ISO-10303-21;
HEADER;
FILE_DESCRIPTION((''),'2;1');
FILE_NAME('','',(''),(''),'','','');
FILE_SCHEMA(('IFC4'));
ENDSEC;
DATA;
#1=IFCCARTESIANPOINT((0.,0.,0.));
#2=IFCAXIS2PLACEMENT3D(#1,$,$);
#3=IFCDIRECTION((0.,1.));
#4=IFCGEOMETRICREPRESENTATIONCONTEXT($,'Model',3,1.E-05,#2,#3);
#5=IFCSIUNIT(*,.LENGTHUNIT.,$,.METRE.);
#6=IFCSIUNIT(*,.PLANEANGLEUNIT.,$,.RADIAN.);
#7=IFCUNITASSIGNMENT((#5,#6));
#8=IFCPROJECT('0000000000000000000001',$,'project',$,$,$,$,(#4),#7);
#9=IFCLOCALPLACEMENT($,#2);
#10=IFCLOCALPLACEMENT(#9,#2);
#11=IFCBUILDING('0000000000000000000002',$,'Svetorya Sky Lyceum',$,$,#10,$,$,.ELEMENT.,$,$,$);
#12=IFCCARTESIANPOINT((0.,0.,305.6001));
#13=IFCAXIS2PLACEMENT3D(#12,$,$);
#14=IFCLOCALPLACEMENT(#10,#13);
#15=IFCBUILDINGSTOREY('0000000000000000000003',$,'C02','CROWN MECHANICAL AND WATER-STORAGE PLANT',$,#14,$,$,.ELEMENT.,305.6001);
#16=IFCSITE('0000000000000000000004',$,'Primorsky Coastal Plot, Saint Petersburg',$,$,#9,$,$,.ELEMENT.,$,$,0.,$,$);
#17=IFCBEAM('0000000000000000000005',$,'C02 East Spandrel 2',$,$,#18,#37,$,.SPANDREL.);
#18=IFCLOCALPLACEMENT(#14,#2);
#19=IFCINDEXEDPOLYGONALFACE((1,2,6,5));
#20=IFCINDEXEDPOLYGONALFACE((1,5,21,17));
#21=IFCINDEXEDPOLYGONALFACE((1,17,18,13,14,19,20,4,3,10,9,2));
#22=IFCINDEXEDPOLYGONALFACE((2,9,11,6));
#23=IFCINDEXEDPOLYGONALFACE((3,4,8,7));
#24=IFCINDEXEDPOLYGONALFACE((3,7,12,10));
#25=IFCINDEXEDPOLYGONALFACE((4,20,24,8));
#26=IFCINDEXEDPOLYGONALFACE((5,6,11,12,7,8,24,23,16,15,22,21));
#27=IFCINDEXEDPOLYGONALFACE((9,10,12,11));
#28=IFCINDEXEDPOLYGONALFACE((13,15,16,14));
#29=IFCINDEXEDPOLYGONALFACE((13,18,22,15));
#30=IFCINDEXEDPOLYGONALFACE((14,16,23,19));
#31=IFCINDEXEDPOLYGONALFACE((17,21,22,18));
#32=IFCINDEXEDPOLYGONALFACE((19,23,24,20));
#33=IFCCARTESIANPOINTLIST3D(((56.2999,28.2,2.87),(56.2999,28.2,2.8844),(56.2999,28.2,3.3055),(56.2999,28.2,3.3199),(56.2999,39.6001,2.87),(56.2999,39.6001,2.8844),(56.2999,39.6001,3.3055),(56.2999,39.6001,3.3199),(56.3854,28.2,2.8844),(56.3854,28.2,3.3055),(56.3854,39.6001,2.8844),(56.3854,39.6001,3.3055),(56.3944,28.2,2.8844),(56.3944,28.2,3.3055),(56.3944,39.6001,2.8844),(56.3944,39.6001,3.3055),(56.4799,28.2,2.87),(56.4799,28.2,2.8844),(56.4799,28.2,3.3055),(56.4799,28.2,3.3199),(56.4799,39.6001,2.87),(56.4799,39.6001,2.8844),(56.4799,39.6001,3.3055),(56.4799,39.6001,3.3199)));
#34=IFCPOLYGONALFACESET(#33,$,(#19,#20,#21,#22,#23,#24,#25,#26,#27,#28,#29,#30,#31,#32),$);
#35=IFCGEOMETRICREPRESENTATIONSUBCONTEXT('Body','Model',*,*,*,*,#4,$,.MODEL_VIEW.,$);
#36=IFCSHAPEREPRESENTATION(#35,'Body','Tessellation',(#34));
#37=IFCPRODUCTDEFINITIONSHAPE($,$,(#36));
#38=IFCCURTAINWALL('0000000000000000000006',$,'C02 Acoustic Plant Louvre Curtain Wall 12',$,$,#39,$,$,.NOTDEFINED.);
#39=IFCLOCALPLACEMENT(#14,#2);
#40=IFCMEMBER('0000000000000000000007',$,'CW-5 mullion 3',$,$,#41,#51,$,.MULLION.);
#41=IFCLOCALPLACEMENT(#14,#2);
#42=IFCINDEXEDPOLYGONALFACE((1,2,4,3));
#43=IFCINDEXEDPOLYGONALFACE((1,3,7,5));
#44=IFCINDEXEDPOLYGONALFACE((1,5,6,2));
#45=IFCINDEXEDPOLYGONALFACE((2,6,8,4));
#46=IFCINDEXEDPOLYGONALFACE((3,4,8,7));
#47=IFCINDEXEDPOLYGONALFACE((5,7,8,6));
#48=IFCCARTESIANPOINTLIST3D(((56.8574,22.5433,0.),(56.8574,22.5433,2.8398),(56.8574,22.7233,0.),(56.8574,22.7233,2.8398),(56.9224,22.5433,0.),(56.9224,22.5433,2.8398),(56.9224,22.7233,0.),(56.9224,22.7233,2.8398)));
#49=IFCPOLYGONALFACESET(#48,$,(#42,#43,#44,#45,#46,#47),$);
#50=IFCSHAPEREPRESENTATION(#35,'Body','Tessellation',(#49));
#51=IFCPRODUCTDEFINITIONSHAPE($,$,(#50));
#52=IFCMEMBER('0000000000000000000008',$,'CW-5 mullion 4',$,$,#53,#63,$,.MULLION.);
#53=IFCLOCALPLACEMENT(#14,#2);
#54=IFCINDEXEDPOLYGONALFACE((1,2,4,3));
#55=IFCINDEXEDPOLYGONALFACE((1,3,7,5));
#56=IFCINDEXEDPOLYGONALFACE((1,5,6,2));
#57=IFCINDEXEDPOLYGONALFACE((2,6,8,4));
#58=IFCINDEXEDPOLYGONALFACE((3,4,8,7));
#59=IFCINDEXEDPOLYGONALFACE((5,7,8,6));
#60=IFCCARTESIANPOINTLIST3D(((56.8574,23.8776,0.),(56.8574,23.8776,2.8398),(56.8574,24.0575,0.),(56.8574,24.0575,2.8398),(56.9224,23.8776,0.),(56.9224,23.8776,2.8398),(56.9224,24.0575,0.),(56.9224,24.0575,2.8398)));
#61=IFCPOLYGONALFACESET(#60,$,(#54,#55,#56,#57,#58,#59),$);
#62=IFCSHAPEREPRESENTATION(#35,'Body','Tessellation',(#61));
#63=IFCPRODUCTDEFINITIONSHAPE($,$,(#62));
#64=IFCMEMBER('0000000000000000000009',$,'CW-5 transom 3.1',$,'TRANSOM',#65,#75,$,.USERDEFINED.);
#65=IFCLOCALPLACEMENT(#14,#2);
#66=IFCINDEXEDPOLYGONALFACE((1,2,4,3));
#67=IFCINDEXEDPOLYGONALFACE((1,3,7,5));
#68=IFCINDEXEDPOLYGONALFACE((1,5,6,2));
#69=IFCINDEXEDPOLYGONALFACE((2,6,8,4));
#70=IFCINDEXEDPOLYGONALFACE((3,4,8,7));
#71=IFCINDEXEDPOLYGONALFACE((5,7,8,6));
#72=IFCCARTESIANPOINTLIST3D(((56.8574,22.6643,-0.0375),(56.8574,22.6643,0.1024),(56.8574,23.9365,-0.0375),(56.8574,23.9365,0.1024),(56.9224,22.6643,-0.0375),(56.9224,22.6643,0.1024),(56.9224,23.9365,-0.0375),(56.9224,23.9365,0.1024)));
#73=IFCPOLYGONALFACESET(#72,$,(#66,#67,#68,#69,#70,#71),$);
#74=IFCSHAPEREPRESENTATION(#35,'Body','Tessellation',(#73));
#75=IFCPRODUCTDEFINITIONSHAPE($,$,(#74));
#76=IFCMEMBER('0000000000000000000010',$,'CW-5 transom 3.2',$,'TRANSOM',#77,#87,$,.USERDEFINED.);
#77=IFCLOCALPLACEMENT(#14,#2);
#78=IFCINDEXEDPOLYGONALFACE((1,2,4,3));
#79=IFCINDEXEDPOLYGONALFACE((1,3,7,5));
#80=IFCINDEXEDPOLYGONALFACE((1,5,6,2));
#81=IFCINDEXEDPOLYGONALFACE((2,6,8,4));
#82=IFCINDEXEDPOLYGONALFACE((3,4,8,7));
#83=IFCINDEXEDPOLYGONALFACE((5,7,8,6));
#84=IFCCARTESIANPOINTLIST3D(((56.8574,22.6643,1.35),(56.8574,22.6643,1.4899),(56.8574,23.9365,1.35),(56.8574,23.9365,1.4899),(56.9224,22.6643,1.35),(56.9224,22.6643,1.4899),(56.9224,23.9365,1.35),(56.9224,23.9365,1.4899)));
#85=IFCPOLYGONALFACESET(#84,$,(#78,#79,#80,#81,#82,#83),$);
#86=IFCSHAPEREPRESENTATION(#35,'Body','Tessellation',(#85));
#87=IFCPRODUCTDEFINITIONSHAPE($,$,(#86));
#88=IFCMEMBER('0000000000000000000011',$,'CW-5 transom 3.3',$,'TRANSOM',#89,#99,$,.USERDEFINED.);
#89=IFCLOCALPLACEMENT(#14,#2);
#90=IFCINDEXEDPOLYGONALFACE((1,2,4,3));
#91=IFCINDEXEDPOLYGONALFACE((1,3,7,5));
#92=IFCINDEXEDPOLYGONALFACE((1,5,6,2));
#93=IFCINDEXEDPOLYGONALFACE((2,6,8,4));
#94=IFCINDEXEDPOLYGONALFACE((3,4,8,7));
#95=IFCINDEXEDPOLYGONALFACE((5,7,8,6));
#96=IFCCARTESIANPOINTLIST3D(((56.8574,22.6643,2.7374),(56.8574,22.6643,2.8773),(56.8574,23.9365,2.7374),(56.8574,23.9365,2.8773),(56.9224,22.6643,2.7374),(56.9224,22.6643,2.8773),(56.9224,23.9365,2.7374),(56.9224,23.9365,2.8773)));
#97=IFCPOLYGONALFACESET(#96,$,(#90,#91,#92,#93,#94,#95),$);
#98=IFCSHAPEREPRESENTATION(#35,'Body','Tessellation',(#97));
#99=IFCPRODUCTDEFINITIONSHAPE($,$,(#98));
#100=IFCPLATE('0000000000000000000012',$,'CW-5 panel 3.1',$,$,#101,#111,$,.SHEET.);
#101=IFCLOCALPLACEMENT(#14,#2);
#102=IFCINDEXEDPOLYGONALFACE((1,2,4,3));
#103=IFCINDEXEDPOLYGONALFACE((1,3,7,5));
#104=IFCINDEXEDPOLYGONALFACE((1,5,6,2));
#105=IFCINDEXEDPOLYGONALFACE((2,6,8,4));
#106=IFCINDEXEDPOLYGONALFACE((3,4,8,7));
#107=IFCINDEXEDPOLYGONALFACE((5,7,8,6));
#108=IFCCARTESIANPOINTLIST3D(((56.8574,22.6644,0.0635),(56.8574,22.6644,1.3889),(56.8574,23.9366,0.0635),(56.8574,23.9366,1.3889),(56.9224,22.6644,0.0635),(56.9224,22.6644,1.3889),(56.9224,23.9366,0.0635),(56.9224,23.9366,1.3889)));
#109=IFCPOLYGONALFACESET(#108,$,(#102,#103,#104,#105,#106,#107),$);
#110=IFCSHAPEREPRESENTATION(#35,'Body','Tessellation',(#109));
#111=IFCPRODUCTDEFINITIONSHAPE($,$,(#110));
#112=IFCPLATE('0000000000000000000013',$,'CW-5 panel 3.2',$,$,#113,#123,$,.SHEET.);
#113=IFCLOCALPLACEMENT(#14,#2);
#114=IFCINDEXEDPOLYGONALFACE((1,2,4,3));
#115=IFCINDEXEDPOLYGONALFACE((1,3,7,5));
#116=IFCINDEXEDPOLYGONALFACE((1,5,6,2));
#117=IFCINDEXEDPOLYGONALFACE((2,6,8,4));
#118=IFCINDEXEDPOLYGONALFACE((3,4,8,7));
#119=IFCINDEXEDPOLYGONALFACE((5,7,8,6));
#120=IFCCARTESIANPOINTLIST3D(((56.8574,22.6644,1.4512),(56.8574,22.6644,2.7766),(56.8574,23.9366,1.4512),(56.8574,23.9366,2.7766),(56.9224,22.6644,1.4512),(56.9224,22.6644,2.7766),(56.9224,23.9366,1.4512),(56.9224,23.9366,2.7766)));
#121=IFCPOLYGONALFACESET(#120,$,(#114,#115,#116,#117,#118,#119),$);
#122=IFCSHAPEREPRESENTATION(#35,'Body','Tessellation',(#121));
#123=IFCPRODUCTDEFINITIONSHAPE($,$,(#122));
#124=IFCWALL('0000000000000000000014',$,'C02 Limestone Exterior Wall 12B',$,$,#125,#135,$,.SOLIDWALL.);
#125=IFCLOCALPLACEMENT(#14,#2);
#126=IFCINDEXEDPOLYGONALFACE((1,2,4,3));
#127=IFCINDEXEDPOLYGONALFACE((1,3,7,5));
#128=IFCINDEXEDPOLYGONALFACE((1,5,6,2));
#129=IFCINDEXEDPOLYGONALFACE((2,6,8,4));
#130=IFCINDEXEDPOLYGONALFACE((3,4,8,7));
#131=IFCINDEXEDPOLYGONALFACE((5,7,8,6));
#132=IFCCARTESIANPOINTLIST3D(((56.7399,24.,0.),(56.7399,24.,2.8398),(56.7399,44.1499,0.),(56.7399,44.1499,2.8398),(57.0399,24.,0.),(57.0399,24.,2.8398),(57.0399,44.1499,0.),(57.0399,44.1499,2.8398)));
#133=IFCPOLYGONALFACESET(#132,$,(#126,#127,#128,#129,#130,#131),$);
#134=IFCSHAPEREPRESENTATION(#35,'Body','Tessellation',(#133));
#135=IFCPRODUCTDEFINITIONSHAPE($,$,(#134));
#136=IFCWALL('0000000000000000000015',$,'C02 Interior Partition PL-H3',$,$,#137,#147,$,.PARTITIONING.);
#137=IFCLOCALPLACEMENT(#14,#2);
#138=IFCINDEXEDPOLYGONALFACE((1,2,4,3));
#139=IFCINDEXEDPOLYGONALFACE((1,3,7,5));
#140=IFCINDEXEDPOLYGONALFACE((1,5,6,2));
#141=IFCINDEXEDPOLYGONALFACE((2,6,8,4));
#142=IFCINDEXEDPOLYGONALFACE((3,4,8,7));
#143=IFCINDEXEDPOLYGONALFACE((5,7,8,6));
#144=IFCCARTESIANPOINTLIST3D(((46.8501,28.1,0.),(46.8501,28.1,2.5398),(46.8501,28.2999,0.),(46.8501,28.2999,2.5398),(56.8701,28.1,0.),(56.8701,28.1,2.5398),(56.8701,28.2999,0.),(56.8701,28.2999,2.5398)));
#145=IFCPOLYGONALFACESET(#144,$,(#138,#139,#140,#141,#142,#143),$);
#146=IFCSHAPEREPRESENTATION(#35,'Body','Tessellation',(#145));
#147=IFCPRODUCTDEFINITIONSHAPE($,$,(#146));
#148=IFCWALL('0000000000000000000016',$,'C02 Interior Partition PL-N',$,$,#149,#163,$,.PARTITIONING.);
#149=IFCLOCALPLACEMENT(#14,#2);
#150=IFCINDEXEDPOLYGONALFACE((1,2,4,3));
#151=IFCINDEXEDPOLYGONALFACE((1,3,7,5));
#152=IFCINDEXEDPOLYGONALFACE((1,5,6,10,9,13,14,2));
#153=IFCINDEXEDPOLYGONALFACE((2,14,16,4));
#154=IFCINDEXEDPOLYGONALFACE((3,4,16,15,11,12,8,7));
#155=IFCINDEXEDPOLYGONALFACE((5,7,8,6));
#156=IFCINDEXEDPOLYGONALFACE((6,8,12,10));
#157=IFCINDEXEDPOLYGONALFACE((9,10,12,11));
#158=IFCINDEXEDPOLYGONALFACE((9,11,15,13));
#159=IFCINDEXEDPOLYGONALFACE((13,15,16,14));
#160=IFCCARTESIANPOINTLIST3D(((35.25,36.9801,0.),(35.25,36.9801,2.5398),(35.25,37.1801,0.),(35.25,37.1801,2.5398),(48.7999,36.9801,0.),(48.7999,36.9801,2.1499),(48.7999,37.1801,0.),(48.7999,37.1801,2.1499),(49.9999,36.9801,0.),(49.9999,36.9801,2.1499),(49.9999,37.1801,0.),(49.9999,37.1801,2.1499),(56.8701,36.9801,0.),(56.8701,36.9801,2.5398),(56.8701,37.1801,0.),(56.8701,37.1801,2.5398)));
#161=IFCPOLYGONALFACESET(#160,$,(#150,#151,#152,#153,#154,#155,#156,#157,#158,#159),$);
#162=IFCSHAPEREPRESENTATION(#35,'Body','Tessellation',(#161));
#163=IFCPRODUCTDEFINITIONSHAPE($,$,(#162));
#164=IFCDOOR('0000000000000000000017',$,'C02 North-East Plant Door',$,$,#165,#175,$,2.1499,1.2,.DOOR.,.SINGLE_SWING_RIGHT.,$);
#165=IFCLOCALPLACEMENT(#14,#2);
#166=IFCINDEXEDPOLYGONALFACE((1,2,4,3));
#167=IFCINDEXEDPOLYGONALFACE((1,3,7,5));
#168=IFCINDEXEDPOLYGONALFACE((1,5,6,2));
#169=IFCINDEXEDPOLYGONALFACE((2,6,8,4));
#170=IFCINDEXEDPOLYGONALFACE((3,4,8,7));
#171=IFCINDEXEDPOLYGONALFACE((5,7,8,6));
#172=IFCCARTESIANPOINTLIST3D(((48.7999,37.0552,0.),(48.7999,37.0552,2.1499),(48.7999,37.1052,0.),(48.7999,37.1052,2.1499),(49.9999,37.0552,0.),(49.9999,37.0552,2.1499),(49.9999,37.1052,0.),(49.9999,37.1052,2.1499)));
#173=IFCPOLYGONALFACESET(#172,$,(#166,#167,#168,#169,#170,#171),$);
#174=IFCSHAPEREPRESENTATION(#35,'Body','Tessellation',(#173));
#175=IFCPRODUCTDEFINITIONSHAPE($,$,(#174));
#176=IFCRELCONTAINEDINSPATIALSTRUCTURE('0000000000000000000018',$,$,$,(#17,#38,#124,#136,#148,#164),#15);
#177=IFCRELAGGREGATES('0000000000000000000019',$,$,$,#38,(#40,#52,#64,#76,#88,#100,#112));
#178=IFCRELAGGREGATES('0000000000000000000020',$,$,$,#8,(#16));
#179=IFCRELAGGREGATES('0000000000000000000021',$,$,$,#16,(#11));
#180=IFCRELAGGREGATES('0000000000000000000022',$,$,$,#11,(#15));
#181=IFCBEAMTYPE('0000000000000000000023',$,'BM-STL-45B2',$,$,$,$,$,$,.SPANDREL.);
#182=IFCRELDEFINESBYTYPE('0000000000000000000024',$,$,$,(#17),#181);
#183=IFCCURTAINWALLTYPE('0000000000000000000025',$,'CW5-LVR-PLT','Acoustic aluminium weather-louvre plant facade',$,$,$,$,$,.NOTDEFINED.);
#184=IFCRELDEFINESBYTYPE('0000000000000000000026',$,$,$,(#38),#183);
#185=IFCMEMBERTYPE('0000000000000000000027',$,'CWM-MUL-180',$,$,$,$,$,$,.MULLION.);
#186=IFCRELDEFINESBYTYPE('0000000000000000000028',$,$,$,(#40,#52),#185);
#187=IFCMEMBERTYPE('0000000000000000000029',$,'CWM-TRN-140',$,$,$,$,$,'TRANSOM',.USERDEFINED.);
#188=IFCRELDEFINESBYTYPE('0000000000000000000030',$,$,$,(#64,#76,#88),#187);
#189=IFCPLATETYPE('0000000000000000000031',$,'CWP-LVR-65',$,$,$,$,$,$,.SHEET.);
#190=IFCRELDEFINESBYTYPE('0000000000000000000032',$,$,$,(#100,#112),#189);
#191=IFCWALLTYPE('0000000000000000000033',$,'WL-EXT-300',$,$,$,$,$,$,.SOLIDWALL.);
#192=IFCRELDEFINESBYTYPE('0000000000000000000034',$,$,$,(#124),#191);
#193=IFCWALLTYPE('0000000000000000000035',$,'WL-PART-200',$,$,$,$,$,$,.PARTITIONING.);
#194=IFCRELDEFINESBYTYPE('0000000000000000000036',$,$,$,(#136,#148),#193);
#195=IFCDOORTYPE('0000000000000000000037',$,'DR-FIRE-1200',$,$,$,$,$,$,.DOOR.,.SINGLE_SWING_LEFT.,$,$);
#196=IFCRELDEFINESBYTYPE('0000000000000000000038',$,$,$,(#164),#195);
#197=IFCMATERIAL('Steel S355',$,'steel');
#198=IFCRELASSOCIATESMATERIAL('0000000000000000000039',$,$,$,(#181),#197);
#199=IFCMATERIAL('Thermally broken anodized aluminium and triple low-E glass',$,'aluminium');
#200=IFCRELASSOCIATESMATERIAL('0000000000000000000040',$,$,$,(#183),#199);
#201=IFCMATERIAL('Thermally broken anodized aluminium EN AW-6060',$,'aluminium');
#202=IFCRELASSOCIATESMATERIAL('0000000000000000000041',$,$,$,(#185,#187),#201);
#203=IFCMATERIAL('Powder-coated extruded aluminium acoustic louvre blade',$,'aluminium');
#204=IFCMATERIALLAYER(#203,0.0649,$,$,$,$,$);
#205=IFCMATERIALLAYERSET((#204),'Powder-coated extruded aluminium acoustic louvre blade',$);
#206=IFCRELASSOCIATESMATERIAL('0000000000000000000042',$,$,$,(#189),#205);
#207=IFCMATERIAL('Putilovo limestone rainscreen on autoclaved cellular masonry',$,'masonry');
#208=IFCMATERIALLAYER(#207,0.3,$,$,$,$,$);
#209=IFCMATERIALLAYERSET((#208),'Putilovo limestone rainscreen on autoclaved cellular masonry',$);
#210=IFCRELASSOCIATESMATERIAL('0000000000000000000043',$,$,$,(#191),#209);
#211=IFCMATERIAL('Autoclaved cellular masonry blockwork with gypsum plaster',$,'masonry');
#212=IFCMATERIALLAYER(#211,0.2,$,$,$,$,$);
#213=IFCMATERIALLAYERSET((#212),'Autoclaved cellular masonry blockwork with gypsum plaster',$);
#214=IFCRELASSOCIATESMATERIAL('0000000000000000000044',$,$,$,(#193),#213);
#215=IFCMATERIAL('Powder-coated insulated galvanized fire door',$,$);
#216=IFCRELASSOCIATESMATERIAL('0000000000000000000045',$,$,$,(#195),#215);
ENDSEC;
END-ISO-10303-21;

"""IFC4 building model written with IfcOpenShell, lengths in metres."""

from ifc_helpers import new_model, si_unit, direction, frame, frame_2d, origin, origin_2d, place, context, subcontext, project, spatial, rectangle, i_section, extrude, material, layer, layer_set, material_profile, profile_set, type_object, element, fill, aggregate, save


model = new_model("IFC4")

# Units and contexts
model_context = context("Model", 3, precision=1e-05, world=origin(), true_north=direction((0.0, 1.0)))
body_context = subcontext(model_context, "Body", "Model", "MODEL_VIEW")
ifc_project = project(units=[si_unit("LENGTHUNIT", "METRE"), si_unit("PLANEANGLEUNIT", "RADIAN")], contexts=[model_context])

# Site, building, storey
site_placement = place(None, origin())
site = spatial("IfcSite", under=ifc_project, at=site_placement, Name="Primorsky Coastal Plot, Saint Petersburg", CompositionType="ELEMENT", RefElevation=0.0)
building_placement = place(site_placement, origin())
building = spatial("IfcBuilding", under=site, at=building_placement, Name="Svetorya Sky Lyceum", CompositionType="ELEMENT")
storey_placement = place(building_placement, frame((0.0, 0.0, 305.6001)))
storey = spatial("IfcBuildingStorey", under=building, at=storey_placement, Name="C02", Description="CROWN MECHANICAL AND WATER-STORAGE PLANT", CompositionType="ELEMENT", Elevation=305.6001)

# Beam
ifc_material_1 = material(Name="Steel S355", Category="steel")
ifc_material_profile_1 = material_profile(ifc_material_1, i_section(OverallWidth=0.1799, OverallDepth=0.45, WebThickness=0.009, FlangeThickness=0.0144, at=origin_2d()), Name="GOST 45B2")
ifc_profile_set_1 = profile_set([ifc_material_profile_1], Name="Steel S355")
beam_type_1 = type_object("IfcBeamType", Name="BM-STL-45B2", PredefinedType="SPANDREL", material=ifc_profile_set_1)
beam_1_placement = place(storey_placement, frame((56.3899, 28.2, 3.095), z_axis=(0.0, 1.0, 0.0), x_axis=(-1.0, 0.0, 0.0)))
element("IfcBeam", 1, at=beam_1_placement, inside=storey, type_object=beam_type_1, Name="C02 East Spandrel 2", PredefinedType="SPANDREL", context=body_context, shape_type="SweptSolid", body=[
    extrude(i_section(OverallWidth=0.1799, OverallDepth=0.45, WebThickness=0.009, FlangeThickness=0.0144, at=origin_2d()), origin(), (0.0, 0.0, 1.0), 11.4001),
])

# Curtain wall, members, plates
ifc_material_2 = material(Name="Thermally broken anodized aluminium and triple low-E glass", Category="aluminium")
curtain_wall_type = type_object("IfcCurtainWallType", Name="CW5-LVR-PLT", Description="Acoustic aluminium weather-louvre plant facade", PredefinedType="NOTDEFINED", material=ifc_material_2)
curtain_wall_placement = place(storey_placement, origin())
curtain_wall = element("IfcCurtainWall", 2, at=curtain_wall_placement, inside=storey, type_object=curtain_wall_type, Name="C02 Acoustic Plant Louvre Curtain Wall 12", PredefinedType="NOTDEFINED")
ifc_material_3 = material(Name="Thermally broken anodized aluminium EN AW-6060", Category="aluminium")
ifc_material_profile_2 = material_profile(ifc_material_3, rectangle(XDim=0.0649, YDim=0.1799, at=origin_2d()), Name="ALU MULLION 65x180")
ifc_profile_set_2 = profile_set([ifc_material_profile_2], Name="Thermally broken anodized aluminium EN AW-6060")
member_type_1 = type_object("IfcMemberType", Name="CWM-MUL-180", PredefinedType="MULLION", material=ifc_profile_set_2)
member_1_placement = place(storey_placement, frame((56.8899, 22.6333, 0.0), z_axis=(0.0, 0.0, 1.0), x_axis=(-1.0, 0.0, 0.0)))
member_1 = element("IfcMember", 3, at=member_1_placement, type_object=member_type_1, Name="CW-5 mullion 3", PredefinedType="MULLION", context=body_context, shape_type="SweptSolid", body=[
    extrude(rectangle(XDim=0.0649, YDim=0.1799, at=origin_2d()), origin(), (0.0, 0.0, 1.0), 2.8398),
])
member_2_placement = place(storey_placement, frame((56.8899, 23.9675, 0.0), z_axis=(0.0, 0.0, 1.0), x_axis=(-1.0, 0.0, 0.0)))
member_2 = element("IfcMember", 4, at=member_2_placement, type_object=member_type_1, Name="CW-5 mullion 4", PredefinedType="MULLION", context=body_context, shape_type="SweptSolid", body=[
    extrude(rectangle(XDim=0.0649, YDim=0.1799, at=origin_2d()), origin(), (0.0, 0.0, 1.0), 2.8398),
])
ifc_material_profile_3 = material_profile(ifc_material_3, rectangle(XDim=0.0649, YDim=0.1399, at=origin_2d()), Name="ALU TRANSOM 65x140")
ifc_profile_set_3 = profile_set([ifc_material_profile_3], Name="Thermally broken anodized aluminium EN AW-6060")
member_type_2 = type_object("IfcMemberType", Name="CWM-TRN-140", ElementType="TRANSOM", PredefinedType="USERDEFINED", material=ifc_profile_set_3)
member_3_placement = place(storey_placement, frame((56.8899, 22.6643, 0.0325), z_axis=(0.0, 1.0, 0.0), x_axis=(-1.0, 0.0, 0.0)))
member_3 = element("IfcMember", 5, at=member_3_placement, type_object=member_type_2, Name="CW-5 transom 3.1", ObjectType="TRANSOM", PredefinedType="USERDEFINED", context=body_context, shape_type="SweptSolid", body=[
    extrude(rectangle(XDim=0.0649, YDim=0.1399, at=origin_2d()), origin(), (0.0, 0.0, 1.0), 1.2722),
])
member_4_placement = place(storey_placement, frame((56.8899, 22.6643, 1.4199), z_axis=(0.0, 1.0, 0.0), x_axis=(-1.0, 0.0, 0.0)))
member_4 = element("IfcMember", 6, at=member_4_placement, type_object=member_type_2, Name="CW-5 transom 3.2", ObjectType="TRANSOM", PredefinedType="USERDEFINED", context=body_context, shape_type="SweptSolid", body=[
    extrude(rectangle(XDim=0.0649, YDim=0.1399, at=origin_2d()), origin(), (0.0, 0.0, 1.0), 1.2722),
])
member_5_placement = place(storey_placement, frame((56.8899, 22.6643, 2.8074), z_axis=(0.0, 1.0, 0.0), x_axis=(-1.0, 0.0, 0.0)))
member_5 = element("IfcMember", 7, at=member_5_placement, type_object=member_type_2, Name="CW-5 transom 3.3", ObjectType="TRANSOM", PredefinedType="USERDEFINED", context=body_context, shape_type="SweptSolid", body=[
    extrude(rectangle(XDim=0.0649, YDim=0.1399, at=origin_2d()), origin(), (0.0, 0.0, 1.0), 1.2722),
])
ifc_material_4 = material(Name="Powder-coated extruded aluminium acoustic louvre blade", Category="aluminium")
ifc_layer_1 = layer(ifc_material_4, 0.0649)
ifc_layer_set_1 = layer_set([ifc_layer_1], Name="Powder-coated extruded aluminium acoustic louvre blade")
plate_type = type_object("IfcPlateType", Name="CWP-LVR-65", PredefinedType="SHEET", material=ifc_layer_set_1)
plate_1_placement = place(storey_placement, frame((56.8899, 23.3005, 0.0635), z_axis=(0.0, 0.0, 1.0), x_axis=(0.0, 1.0, 0.0)))
plate_1 = element("IfcPlate", 8, at=plate_1_placement, type_object=plate_type, Name="CW-5 panel 3.1", PredefinedType="SHEET", context=body_context, shape_type="SweptSolid", body=[
    extrude(rectangle(XDim=1.2722, YDim=0.0649, at=origin_2d()), origin(), (0.0, 0.0, 1.0), 1.3254),
])
plate_2_placement = place(storey_placement, frame((56.8899, 23.3005, 1.4512), z_axis=(0.0, 0.0, 1.0), x_axis=(0.0, 1.0, 0.0)))
plate_2 = element("IfcPlate", 9, at=plate_2_placement, type_object=plate_type, Name="CW-5 panel 3.2", PredefinedType="SHEET", context=body_context, shape_type="SweptSolid", body=[
    extrude(rectangle(XDim=1.2722, YDim=0.0649, at=origin_2d()), origin(), (0.0, 0.0, 1.0), 1.3254),
])
aggregate(curtain_wall, [member_1, member_2, member_3, member_4, member_5, plate_1, plate_2])

# Walls
ifc_material_5 = material(Name="Putilovo limestone rainscreen on autoclaved cellular masonry", Category="masonry")
ifc_layer_2 = layer(ifc_material_5, 0.3)
ifc_layer_set_2 = layer_set([ifc_layer_2], Name="Putilovo limestone rainscreen on autoclaved cellular masonry")
wall_type_1 = type_object("IfcWallType", Name="WL-EXT-300", PredefinedType="SOLIDWALL", material=ifc_layer_set_2)
wall_1_placement = place(storey_placement, frame((56.8899, 24.0, 0.0), z_axis=(0.0, 0.0, 1.0), x_axis=(0.0, 1.0, 0.0)))
element("IfcWall", 10, at=wall_1_placement, inside=storey, type_object=wall_type_1, Name="C02 Limestone Exterior Wall 12B", PredefinedType="SOLIDWALL", context=body_context, shape_type="SweptSolid", body=[
    extrude(rectangle(XDim=20.1499, YDim=0.3, at=frame_2d((10.075, 0.0))), origin(), (0.0, 0.0, 1.0), 2.8398),
])
ifc_material_6 = material(Name="Autoclaved cellular masonry blockwork with gypsum plaster", Category="masonry")
ifc_layer_3 = layer(ifc_material_6, 0.2)
ifc_layer_set_3 = layer_set([ifc_layer_3], Name="Autoclaved cellular masonry blockwork with gypsum plaster")
wall_type_2 = type_object("IfcWallType", Name="WL-PART-200", PredefinedType="PARTITIONING", material=ifc_layer_set_3)
wall_2_placement = place(storey_placement, frame((46.8501, 28.2, 0.0), z_axis=(0.0, 0.0, 1.0), x_axis=(1.0, 0.0, 0.0)))
element("IfcWall", 11, at=wall_2_placement, inside=storey, type_object=wall_type_2, Name="C02 Interior Partition PL-H3", PredefinedType="PARTITIONING", context=body_context, shape_type="SweptSolid", body=[
    extrude(rectangle(XDim=10.02, YDim=0.2, at=frame_2d((5.01, 0.0))), origin(), (0.0, 0.0, 1.0), 2.5398),
])

# Wall, opening, door
wall_3_placement = place(storey_placement, frame((56.8701, 37.0801, 0.0), z_axis=(0.0, 0.0, 1.0), x_axis=(-1.0, 0.0, 0.0)))
wall_3 = element("IfcWall", 12, at=wall_3_placement, inside=storey, type_object=wall_type_2, Name="C02 Interior Partition PL-N", PredefinedType="PARTITIONING", context=body_context, shape_type="SweptSolid", body=[
    extrude(rectangle(XDim=21.6201, YDim=0.2, at=frame_2d((10.8101, 0.0))), origin(), (0.0, 0.0, 1.0), 2.5398),
])
opening_placement = place(wall_3_placement, frame((6.8701, 0.0, 0.0)))
opening = element("IfcOpeningElement", 13, at=opening_placement, cuts=wall_3, PredefinedType="OPENING", context=body_context, shape_type="SweptSolid", body=[
    extrude(rectangle(XDim=1.2, YDim=2.1499, at=frame_2d((0.6001, 1.075))), frame((0.0, 0.1099, 0.0), z_axis=(0.0, -1.0, 0.0), x_axis=(1.0, 0.0, 0.0)), (0.0, 0.0, 1.0), 0.22),
])
ifc_material_7 = material(Name="Powder-coated insulated galvanized fire door")
door_type = type_object("IfcDoorType", Name="DR-FIRE-1200", OperationType="SINGLE_SWING_LEFT", PredefinedType="DOOR", material=ifc_material_7)
door_placement = place(opening_placement, origin())
door = element("IfcDoor", 14, at=door_placement, inside=storey, type_object=door_type, Name="C02 North-East Plant Door", OperationType="SINGLE_SWING_RIGHT", OverallHeight=2.1499, OverallWidth=1.2, PredefinedType="DOOR", context=body_context, shape_type="SweptSolid", body=[
    extrude(rectangle(XDim=1.2, YDim=2.1499, at=frame_2d((0.6001, 1.075))), frame((0.0, 0.0249, 0.0), z_axis=(0.0, -1.0, 0.0), x_axis=(1.0, 0.0, 0.0)), (0.0, 0.0, 1.0), 0.05),
])
fill(opening, door)

save(model, "model.ifc")
